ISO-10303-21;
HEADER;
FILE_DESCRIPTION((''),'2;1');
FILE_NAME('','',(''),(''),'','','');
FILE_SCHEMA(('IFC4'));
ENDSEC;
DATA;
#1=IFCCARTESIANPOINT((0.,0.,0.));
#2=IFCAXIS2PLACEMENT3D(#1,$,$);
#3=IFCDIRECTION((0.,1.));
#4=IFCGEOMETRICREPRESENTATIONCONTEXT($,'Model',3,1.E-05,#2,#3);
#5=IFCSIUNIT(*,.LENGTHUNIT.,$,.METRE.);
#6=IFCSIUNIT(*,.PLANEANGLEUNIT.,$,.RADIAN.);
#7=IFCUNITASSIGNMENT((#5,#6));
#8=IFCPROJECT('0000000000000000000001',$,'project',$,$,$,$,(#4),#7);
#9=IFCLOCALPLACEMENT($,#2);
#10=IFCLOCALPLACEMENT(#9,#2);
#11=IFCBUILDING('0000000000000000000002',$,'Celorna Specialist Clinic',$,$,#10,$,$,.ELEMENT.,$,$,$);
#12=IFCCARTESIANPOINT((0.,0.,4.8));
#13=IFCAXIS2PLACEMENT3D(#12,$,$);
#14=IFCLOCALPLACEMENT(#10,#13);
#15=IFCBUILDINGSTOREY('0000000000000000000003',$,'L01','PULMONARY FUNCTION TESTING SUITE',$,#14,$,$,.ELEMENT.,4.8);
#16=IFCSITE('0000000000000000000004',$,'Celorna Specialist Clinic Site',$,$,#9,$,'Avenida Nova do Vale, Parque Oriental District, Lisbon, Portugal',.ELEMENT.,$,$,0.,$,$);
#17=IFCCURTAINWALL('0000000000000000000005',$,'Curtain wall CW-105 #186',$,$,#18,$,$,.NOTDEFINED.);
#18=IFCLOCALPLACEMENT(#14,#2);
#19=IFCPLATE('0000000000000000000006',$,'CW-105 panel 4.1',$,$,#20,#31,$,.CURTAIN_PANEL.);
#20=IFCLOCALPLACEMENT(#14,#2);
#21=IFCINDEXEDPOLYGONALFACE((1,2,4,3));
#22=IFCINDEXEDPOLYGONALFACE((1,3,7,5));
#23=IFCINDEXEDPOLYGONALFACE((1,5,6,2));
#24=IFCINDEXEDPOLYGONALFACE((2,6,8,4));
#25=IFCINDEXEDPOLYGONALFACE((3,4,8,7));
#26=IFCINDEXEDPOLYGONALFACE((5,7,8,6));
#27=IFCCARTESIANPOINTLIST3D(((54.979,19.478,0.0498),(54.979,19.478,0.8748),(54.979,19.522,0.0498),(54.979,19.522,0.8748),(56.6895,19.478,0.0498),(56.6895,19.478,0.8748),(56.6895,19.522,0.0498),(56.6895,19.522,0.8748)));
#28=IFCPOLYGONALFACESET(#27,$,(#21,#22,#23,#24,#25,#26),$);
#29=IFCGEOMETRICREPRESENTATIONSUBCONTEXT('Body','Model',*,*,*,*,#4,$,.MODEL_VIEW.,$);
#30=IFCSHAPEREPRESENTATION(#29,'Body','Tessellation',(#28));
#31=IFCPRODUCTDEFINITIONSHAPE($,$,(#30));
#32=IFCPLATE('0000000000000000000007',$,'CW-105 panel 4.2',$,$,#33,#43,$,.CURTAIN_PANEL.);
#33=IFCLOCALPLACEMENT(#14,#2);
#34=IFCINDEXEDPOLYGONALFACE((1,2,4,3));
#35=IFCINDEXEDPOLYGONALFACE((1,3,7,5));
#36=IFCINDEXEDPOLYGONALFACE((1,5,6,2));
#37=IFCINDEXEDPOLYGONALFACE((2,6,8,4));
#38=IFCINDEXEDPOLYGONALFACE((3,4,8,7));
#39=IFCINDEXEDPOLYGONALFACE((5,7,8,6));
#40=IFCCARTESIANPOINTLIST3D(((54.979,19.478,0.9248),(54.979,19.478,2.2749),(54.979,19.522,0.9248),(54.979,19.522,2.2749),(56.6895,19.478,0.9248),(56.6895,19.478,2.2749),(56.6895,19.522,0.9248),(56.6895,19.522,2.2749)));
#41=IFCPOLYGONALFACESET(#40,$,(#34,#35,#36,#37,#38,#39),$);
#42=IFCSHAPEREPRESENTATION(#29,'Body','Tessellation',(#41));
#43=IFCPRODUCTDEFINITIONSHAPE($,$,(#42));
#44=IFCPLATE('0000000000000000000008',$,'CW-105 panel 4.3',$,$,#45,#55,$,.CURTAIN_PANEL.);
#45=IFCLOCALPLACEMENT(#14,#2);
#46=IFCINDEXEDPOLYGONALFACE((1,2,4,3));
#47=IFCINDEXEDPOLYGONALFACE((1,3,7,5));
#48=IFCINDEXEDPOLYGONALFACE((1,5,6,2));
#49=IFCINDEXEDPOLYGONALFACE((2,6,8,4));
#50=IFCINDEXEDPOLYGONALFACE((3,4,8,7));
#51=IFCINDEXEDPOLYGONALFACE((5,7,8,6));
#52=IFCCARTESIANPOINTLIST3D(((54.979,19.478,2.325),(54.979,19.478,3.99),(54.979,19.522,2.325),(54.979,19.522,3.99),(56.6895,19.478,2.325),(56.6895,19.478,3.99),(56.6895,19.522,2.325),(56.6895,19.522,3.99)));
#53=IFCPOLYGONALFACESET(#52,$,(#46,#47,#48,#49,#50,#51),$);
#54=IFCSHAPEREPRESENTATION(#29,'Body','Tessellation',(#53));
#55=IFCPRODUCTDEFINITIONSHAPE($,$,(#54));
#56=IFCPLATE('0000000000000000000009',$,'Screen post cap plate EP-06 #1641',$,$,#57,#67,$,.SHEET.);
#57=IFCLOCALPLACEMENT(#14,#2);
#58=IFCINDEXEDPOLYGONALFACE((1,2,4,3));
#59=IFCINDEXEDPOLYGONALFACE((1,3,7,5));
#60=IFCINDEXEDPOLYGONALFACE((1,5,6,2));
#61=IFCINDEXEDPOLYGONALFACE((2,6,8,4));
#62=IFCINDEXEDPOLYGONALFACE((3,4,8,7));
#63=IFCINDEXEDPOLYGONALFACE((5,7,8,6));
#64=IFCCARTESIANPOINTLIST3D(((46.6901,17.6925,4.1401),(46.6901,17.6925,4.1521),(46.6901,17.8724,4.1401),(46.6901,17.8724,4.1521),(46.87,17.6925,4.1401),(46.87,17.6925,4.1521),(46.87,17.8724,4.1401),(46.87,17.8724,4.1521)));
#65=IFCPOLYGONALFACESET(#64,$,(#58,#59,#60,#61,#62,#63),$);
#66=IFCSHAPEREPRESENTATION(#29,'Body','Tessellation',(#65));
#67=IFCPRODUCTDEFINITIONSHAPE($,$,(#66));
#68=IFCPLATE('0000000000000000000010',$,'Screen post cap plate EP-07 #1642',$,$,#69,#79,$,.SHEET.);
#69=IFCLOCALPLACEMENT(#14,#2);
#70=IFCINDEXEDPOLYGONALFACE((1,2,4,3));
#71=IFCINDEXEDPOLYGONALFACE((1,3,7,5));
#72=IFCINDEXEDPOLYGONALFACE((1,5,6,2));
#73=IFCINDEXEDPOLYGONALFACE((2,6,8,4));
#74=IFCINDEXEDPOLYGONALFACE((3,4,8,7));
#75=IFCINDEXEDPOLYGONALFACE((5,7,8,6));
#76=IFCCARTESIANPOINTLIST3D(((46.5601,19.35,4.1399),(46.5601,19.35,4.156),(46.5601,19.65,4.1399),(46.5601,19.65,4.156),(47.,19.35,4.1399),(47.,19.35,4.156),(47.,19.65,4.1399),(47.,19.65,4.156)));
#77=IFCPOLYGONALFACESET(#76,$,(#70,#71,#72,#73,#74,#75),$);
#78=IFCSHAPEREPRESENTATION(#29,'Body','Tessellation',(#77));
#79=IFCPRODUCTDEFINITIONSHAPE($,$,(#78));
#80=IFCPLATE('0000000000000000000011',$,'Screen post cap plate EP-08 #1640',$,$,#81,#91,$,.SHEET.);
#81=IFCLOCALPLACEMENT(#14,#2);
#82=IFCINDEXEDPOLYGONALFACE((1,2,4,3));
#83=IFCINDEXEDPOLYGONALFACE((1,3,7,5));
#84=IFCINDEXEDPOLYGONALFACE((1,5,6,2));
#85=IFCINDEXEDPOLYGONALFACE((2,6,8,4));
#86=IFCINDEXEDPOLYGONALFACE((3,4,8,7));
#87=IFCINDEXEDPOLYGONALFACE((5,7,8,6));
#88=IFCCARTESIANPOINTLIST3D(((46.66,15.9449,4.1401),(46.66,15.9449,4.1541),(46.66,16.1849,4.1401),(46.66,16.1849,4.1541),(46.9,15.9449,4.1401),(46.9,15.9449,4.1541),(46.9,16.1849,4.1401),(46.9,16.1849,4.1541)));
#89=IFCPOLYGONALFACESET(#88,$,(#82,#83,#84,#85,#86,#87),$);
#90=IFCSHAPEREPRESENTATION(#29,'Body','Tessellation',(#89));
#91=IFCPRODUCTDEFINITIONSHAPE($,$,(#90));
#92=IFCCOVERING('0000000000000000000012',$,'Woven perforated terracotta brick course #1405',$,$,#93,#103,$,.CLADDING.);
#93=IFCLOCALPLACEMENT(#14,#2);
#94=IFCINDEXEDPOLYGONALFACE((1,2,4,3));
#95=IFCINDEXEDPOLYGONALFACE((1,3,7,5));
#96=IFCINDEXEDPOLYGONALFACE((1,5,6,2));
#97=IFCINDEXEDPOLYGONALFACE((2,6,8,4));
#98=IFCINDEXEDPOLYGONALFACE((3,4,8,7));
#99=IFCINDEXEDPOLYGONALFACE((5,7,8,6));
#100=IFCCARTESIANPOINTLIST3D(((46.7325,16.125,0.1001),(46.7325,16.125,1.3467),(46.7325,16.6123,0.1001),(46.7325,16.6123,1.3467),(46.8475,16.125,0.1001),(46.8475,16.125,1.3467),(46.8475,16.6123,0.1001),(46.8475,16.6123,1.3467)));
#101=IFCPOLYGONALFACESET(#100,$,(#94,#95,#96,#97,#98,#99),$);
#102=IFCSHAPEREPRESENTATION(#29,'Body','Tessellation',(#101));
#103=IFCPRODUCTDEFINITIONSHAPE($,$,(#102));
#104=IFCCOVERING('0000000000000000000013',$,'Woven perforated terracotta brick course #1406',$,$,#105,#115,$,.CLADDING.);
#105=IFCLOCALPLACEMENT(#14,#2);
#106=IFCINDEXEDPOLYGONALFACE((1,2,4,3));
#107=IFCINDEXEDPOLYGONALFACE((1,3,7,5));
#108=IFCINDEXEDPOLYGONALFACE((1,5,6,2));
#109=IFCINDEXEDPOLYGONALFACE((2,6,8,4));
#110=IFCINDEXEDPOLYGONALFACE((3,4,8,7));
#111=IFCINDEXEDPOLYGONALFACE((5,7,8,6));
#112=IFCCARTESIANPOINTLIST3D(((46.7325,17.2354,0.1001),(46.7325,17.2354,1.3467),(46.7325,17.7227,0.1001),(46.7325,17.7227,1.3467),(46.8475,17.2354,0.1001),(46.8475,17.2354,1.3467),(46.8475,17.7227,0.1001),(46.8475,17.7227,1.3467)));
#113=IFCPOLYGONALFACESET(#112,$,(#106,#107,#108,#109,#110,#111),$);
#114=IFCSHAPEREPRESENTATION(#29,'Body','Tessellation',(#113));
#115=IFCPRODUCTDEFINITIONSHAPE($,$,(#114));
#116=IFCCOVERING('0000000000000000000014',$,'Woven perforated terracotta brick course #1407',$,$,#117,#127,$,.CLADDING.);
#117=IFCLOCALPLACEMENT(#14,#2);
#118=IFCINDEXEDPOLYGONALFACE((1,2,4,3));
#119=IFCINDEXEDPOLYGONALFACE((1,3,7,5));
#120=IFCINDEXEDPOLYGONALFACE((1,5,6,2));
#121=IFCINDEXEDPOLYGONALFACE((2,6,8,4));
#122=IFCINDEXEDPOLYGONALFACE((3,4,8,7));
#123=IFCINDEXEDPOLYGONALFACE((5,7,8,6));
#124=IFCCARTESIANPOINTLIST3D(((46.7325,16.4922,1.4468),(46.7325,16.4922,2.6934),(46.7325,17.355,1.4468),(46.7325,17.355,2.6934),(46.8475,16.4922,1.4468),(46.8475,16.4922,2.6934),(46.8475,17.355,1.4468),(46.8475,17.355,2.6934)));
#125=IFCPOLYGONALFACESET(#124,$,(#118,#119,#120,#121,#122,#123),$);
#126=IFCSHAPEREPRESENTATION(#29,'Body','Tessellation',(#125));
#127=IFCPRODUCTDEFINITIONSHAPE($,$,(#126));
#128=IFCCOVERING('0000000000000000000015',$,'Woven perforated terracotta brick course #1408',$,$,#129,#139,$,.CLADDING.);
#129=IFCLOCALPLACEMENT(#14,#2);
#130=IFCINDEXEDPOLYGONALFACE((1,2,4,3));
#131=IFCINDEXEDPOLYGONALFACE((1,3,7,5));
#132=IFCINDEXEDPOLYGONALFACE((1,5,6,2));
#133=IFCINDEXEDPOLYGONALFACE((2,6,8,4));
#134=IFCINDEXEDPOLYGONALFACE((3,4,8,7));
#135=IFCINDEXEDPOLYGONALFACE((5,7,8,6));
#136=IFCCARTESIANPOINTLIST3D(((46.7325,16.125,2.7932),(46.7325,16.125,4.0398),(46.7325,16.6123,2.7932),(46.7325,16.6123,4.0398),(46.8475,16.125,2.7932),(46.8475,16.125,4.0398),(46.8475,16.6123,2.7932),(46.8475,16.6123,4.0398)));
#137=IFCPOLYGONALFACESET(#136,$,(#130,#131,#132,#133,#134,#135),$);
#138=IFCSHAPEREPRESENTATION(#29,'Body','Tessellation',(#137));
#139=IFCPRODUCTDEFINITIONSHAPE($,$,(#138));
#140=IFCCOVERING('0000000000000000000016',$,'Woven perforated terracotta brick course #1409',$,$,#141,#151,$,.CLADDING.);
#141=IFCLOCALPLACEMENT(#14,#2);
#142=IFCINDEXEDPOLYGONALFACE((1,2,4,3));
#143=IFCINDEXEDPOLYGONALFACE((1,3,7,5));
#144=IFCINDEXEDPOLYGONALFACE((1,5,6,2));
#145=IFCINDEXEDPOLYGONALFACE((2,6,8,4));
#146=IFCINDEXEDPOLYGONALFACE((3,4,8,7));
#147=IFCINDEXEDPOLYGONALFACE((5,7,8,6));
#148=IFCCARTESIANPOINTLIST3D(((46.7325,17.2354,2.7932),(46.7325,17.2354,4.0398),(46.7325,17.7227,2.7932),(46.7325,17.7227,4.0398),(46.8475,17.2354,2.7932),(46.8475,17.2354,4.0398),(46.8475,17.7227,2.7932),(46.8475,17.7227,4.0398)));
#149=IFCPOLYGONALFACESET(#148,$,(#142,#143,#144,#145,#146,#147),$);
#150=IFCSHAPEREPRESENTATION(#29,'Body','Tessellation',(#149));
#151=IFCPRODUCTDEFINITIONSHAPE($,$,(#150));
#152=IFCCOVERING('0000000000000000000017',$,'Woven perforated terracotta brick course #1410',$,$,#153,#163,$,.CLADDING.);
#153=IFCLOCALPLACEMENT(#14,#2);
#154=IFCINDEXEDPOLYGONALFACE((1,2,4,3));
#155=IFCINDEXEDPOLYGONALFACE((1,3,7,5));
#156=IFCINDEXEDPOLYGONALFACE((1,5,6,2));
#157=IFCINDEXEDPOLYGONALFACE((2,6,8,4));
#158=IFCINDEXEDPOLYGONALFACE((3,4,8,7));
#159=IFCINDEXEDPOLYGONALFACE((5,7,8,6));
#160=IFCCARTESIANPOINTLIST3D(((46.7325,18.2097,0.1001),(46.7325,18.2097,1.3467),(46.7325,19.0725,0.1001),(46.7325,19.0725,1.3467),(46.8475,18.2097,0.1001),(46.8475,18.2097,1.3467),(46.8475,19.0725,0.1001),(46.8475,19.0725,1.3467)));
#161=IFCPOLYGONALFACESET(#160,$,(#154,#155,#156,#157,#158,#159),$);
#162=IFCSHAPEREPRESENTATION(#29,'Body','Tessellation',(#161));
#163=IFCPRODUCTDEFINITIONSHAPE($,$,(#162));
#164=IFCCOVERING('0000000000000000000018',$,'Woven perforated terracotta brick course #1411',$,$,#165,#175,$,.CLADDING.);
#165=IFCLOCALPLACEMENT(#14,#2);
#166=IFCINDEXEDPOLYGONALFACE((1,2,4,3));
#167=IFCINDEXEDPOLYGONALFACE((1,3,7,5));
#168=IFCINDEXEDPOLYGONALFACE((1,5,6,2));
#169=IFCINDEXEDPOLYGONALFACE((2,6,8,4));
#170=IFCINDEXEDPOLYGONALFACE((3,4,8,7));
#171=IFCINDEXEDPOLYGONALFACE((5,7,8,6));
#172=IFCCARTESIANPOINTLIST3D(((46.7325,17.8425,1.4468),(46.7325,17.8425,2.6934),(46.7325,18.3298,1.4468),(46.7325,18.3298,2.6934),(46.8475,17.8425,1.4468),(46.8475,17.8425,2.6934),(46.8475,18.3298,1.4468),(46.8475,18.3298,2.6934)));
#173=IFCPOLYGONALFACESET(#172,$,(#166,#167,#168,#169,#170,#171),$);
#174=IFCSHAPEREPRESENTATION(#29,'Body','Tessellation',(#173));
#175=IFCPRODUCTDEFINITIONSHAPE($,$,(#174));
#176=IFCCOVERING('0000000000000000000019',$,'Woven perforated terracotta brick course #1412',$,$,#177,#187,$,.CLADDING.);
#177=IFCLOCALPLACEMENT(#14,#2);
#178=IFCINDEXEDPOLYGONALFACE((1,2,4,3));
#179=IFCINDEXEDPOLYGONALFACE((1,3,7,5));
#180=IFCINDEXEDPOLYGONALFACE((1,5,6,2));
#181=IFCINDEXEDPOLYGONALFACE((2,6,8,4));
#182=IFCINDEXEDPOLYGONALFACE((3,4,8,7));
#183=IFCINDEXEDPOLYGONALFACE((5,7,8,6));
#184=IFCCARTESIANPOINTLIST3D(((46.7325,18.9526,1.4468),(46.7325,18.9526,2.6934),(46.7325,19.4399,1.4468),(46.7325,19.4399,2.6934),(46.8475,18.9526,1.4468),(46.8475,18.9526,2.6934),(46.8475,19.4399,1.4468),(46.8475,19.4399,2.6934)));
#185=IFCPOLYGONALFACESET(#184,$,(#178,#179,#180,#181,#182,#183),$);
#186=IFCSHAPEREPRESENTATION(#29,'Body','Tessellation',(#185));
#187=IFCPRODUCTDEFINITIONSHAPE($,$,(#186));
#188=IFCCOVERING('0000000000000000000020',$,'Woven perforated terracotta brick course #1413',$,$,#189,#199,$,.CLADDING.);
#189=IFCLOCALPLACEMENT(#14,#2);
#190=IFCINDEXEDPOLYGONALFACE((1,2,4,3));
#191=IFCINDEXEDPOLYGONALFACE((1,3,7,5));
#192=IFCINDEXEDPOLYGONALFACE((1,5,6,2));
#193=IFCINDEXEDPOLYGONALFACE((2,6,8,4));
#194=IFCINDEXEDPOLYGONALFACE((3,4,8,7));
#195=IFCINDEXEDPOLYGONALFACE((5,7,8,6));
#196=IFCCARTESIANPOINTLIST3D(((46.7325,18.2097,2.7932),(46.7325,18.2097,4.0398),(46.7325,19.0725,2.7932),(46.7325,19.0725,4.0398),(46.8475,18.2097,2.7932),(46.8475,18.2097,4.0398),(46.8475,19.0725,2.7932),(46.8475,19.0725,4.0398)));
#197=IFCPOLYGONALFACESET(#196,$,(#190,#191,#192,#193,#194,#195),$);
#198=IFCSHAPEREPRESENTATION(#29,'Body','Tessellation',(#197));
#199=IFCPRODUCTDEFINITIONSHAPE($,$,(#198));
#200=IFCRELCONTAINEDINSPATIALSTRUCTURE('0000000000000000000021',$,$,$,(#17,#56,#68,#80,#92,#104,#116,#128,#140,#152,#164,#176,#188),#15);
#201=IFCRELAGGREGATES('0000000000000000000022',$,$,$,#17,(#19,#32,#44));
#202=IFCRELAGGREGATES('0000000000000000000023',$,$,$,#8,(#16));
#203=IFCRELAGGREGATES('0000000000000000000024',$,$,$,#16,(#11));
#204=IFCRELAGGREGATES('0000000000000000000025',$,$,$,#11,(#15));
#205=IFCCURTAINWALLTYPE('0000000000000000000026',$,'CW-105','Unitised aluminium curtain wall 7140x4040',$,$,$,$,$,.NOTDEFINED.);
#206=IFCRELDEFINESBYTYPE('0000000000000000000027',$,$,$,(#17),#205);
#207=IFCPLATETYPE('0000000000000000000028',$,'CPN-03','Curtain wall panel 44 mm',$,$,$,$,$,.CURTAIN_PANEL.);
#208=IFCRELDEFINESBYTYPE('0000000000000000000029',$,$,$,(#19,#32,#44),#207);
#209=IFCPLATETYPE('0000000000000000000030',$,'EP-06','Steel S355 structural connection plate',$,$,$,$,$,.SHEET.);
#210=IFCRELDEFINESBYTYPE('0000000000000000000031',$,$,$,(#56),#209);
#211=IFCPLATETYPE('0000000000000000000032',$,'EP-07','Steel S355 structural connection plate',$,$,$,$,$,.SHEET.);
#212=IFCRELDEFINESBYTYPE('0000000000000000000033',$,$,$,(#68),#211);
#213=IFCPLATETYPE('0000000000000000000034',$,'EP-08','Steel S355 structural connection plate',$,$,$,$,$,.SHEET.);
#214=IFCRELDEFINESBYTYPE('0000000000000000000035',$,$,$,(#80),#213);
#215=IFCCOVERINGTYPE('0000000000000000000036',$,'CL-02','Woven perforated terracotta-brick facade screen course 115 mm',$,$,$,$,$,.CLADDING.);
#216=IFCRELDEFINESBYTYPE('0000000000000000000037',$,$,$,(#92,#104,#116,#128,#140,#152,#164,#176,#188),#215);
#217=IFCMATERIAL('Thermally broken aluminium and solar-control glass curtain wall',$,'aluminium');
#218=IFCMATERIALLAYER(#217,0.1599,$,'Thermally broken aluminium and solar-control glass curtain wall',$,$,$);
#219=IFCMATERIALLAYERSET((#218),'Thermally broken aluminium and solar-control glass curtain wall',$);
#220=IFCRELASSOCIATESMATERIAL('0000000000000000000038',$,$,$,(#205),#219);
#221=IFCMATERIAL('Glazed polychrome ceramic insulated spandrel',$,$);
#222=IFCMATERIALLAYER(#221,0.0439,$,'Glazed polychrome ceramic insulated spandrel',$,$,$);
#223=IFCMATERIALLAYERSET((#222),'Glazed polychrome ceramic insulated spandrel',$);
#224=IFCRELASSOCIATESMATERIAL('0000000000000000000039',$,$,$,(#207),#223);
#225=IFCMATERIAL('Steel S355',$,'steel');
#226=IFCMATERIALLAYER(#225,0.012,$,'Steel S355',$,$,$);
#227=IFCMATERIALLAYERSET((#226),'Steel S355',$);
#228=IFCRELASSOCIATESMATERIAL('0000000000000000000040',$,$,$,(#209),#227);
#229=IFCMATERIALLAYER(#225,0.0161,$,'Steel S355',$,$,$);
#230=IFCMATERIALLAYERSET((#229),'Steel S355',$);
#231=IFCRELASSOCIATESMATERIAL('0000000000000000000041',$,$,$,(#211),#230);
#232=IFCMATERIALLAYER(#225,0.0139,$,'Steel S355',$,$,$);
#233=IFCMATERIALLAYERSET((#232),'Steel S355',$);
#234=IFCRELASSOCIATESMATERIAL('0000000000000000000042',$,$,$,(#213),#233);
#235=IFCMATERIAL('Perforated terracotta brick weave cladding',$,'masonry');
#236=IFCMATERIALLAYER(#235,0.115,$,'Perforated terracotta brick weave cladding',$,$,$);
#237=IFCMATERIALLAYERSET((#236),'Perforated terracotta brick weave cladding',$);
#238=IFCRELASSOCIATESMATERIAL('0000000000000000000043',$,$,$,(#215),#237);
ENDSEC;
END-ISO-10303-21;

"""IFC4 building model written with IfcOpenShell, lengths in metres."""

from ifc_helpers import new_model, si_unit, direction, frame, origin, origin_2d, place, context, subcontext, project, spatial, rectangle, extrude, material, layer, layer_set, type_object, element, aggregate, save


model = new_model("IFC4")

# Units and contexts
model_context = context("Model", 3, precision=1e-05, world=origin(), true_north=direction((0.0, 1.0)))
body_context = subcontext(model_context, "Body", "Model", "MODEL_VIEW")
ifc_project = project(units=[si_unit("LENGTHUNIT", "METRE"), si_unit("PLANEANGLEUNIT", "RADIAN")], contexts=[model_context])

# Site, building, storey
site_placement = place(None, origin())
site = spatial("IfcSite", under=ifc_project, at=site_placement, Name="Celorna Specialist Clinic Site", LongName="Avenida Nova do Vale, Parque Oriental District, Lisbon, Portugal", CompositionType="ELEMENT", RefElevation=0.0)
building_placement = place(site_placement, origin())
building = spatial("IfcBuilding", under=site, at=building_placement, Name="Celorna Specialist Clinic", CompositionType="ELEMENT")
storey_placement = place(building_placement, frame((0.0, 0.0, 4.8)))
storey = spatial("IfcBuildingStorey", under=building, at=storey_placement, Name="L01", Description="PULMONARY FUNCTION TESTING SUITE", CompositionType="ELEMENT", Elevation=4.8)

# Shared definitions
ifc_material_1 = material(Name="Steel S355", Category="steel")

# Curtain wall, plates
ifc_material_2 = material(Name="Thermally broken aluminium and solar-control glass curtain wall", Category="aluminium")
ifc_layer_1 = layer(ifc_material_2, 0.1599, Name="Thermally broken aluminium and solar-control glass curtain wall")
ifc_layer_set_1 = layer_set([ifc_layer_1], Name="Thermally broken aluminium and solar-control glass curtain wall")
curtain_wall_type = type_object("IfcCurtainWallType", Name="CW-105", Description="Unitised aluminium curtain wall 7140x4040", PredefinedType="NOTDEFINED", material=ifc_layer_set_1)
curtain_wall_placement = place(storey_placement, origin())
curtain_wall = element("IfcCurtainWall", 1, at=curtain_wall_placement, inside=storey, type_object=curtain_wall_type, Name="Curtain wall CW-105 #186", PredefinedType="NOTDEFINED")
ifc_material_3 = material(Name="Glazed polychrome ceramic insulated spandrel")
ifc_layer_2 = layer(ifc_material_3, 0.0439, Name="Glazed polychrome ceramic insulated spandrel")
ifc_layer_set_2 = layer_set([ifc_layer_2], Name="Glazed polychrome ceramic insulated spandrel")
plate_type_1 = type_object("IfcPlateType", Name="CPN-03", Description="Curtain wall panel 44 mm", PredefinedType="CURTAIN_PANEL", material=ifc_layer_set_2)
plate_1_placement = place(storey_placement, frame((55.8342, 19.5, 0.0498), z_axis=(0.0, 0.0, 1.0), x_axis=(-1.0, 0.0, 0.0)))
plate_1 = element("IfcPlate", 2, at=plate_1_placement, type_object=plate_type_1, Name="CW-105 panel 4.1", PredefinedType="CURTAIN_PANEL", context=body_context, shape_type="SweptSolid", body=[
    extrude(rectangle(XDim=1.7104, YDim=0.0439, at=origin_2d()), origin(), (0.0, 0.0, 1.0), 0.825),
])
plate_2_placement = place(storey_placement, frame((55.8342, 19.5, 0.9248), z_axis=(0.0, 0.0, 1.0), x_axis=(-1.0, 0.0, 0.0)))
plate_2 = element("IfcPlate", 3, at=plate_2_placement, type_object=plate_type_1, Name="CW-105 panel 4.2", PredefinedType="CURTAIN_PANEL", context=body_context, shape_type="SweptSolid", body=[
    extrude(rectangle(XDim=1.7104, YDim=0.0439, at=origin_2d()), origin(), (0.0, 0.0, 1.0), 1.3501),
])
plate_3_placement = place(storey_placement, frame((55.8342, 19.5, 2.325), z_axis=(0.0, 0.0, 1.0), x_axis=(-1.0, 0.0, 0.0)))
plate_3 = element("IfcPlate", 4, at=plate_3_placement, type_object=plate_type_1, Name="CW-105 panel 4.3", PredefinedType="CURTAIN_PANEL", context=body_context, shape_type="SweptSolid", body=[
    extrude(rectangle(XDim=1.7104, YDim=0.0439, at=origin_2d()), origin(), (0.0, 0.0, 1.0), 1.665),
])
aggregate(curtain_wall, [plate_1, plate_2, plate_3])

# Plates
ifc_layer_3 = layer(ifc_material_1, 0.012, Name="Steel S355")
ifc_layer_set_3 = layer_set([ifc_layer_3], Name="Steel S355")
plate_type_2 = type_object("IfcPlateType", Name="EP-06", Description="Steel S355 structural connection plate", PredefinedType="SHEET", material=ifc_layer_set_3)
plate_4_placement = place(storey_placement, frame((46.78, 17.7825, 4.1401), z_axis=(0.0, 0.0, 1.0), x_axis=(0.0, 1.0, 0.0)))
element("IfcPlate", 5, at=plate_4_placement, inside=storey, type_object=plate_type_2, Name="Screen post cap plate EP-06 #1641", PredefinedType="SHEET", context=body_context, shape_type="SweptSolid", body=[
    extrude(rectangle(XDim=0.1799, YDim=0.1799, at=origin_2d()), origin(), (0.0, 0.0, 1.0), 0.012),
])
ifc_layer_4 = layer(ifc_material_1, 0.0161, Name="Steel S355")
ifc_layer_set_4 = layer_set([ifc_layer_4], Name="Steel S355")
plate_type_3 = type_object("IfcPlateType", Name="EP-07", Description="Steel S355 structural connection plate", PredefinedType="SHEET", material=ifc_layer_set_4)
plate_5_placement = place(storey_placement, frame((46.78, 19.5, 4.1399), z_axis=(0.0, 0.0, 1.0), x_axis=(0.0, 1.0, 0.0)))
element("IfcPlate", 6, at=plate_5_placement, inside=storey, type_object=plate_type_3, Name="Screen post cap plate EP-07 #1642", PredefinedType="SHEET", context=body_context, shape_type="SweptSolid", body=[
    extrude(rectangle(XDim=0.3, YDim=0.4399, at=origin_2d()), origin(), (0.0, 0.0, 1.0), 0.0161),
])
ifc_layer_5 = layer(ifc_material_1, 0.0139, Name="Steel S355")
ifc_layer_set_5 = layer_set([ifc_layer_5], Name="Steel S355")
plate_type_4 = type_object("IfcPlateType", Name="EP-08", Description="Steel S355 structural connection plate", PredefinedType="SHEET", material=ifc_layer_set_5)
plate_6_placement = place(storey_placement, frame((46.78, 16.0649, 4.1401), z_axis=(0.0, 0.0, 1.0), x_axis=(0.0, 1.0, 0.0)))
element("IfcPlate", 7, at=plate_6_placement, inside=storey, type_object=plate_type_4, Name="Screen post cap plate EP-08 #1640", PredefinedType="SHEET", context=body_context, shape_type="SweptSolid", body=[
    extrude(rectangle(XDim=0.24, YDim=0.24, at=origin_2d()), origin(), (0.0, 0.0, 1.0), 0.0139),
])

# Coverings
ifc_material_4 = material(Name="Perforated terracotta brick weave cladding", Category="masonry")
ifc_layer_6 = layer(ifc_material_4, 0.115, Name="Perforated terracotta brick weave cladding")
ifc_layer_set_6 = layer_set([ifc_layer_6], Name="Perforated terracotta brick weave cladding")
covering_type = type_object("IfcCoveringType", Name="CL-02", Description="Woven perforated terracotta-brick facade screen course 115 mm", PredefinedType="CLADDING", material=ifc_layer_set_6)
for number, where, z_axis, x_axis, name in (
    (8, (46.79, 16.3687, 0.1001), (0.0, 0.0, 1.0), (0.0, 1.0, 0.0), "Woven perforated terracotta brick course #1405"),
    (9, (46.79, 17.479, 0.1001), (0.0, 0.0, 1.0), (0.0, 1.0, 0.0), "Woven perforated terracotta brick course #1406"),
):
    element("IfcCovering", number, at=place(storey_placement, frame(where, z_axis=z_axis, x_axis=x_axis)), inside=storey, type_object=covering_type, Name=name, PredefinedType="CLADDING", context=body_context, shape_type="SweptSolid", body=[
        extrude(rectangle(XDim=0.4873, YDim=0.115, at=origin_2d()), origin(), (0.0, 0.0, 1.0), 1.2466),
    ])
covering_1_placement = place(storey_placement, frame((46.79, 16.9236, 1.4468), z_axis=(0.0, 0.0, 1.0), x_axis=(0.0, 1.0, 0.0)))
element("IfcCovering", 10, at=covering_1_placement, inside=storey, type_object=covering_type, Name="Woven perforated terracotta brick course #1407", PredefinedType="CLADDING", context=body_context, shape_type="SweptSolid", body=[
    extrude(rectangle(XDim=0.8628, YDim=0.115, at=origin_2d()), origin(), (0.0, 0.0, 1.0), 1.2466),
])
for number, where, z_axis, x_axis, name in (
    (11, (46.79, 16.3687, 2.7932), (0.0, 0.0, 1.0), (0.0, 1.0, 0.0), "Woven perforated terracotta brick course #1408"),
    (12, (46.79, 17.479, 2.7932), (0.0, 0.0, 1.0), (0.0, 1.0, 0.0), "Woven perforated terracotta brick course #1409"),
):
    element("IfcCovering", number, at=place(storey_placement, frame(where, z_axis=z_axis, x_axis=x_axis)), inside=storey, type_object=covering_type, Name=name, PredefinedType="CLADDING", context=body_context, shape_type="SweptSolid", body=[
        extrude(rectangle(XDim=0.4873, YDim=0.115, at=origin_2d()), origin(), (0.0, 0.0, 1.0), 1.2466),
    ])
covering_2_placement = place(storey_placement, frame((46.79, 18.6411, 0.1001), z_axis=(0.0, 0.0, 1.0), x_axis=(0.0, 1.0, 0.0)))
element("IfcCovering", 13, at=covering_2_placement, inside=storey, type_object=covering_type, Name="Woven perforated terracotta brick course #1410", PredefinedType="CLADDING", context=body_context, shape_type="SweptSolid", body=[
    extrude(rectangle(XDim=0.8628, YDim=0.115, at=origin_2d()), origin(), (0.0, 0.0, 1.0), 1.2466),
])
for number, where, z_axis, x_axis, name in (
    (14, (46.79, 18.0862, 1.4468), (0.0, 0.0, 1.0), (0.0, 1.0, 0.0), "Woven perforated terracotta brick course #1411"),
    (15, (46.79, 19.1963, 1.4468), (0.0, 0.0, 1.0), (0.0, 1.0, 0.0), "Woven perforated terracotta brick course #1412"),
):
    element("IfcCovering", number, at=place(storey_placement, frame(where, z_axis=z_axis, x_axis=x_axis)), inside=storey, type_object=covering_type, Name=name, PredefinedType="CLADDING", context=body_context, shape_type="SweptSolid", body=[
        extrude(rectangle(XDim=0.4873, YDim=0.115, at=origin_2d()), origin(), (0.0, 0.0, 1.0), 1.2466),
    ])
covering_3_placement = place(storey_placement, frame((46.79, 18.6411, 2.7932), z_axis=(0.0, 0.0, 1.0), x_axis=(0.0, 1.0, 0.0)))
element("IfcCovering", 16, at=covering_3_placement, inside=storey, type_object=covering_type, Name="Woven perforated terracotta brick course #1413", PredefinedType="CLADDING", context=body_context, shape_type="SweptSolid", body=[
    extrude(rectangle(XDim=0.8628, YDim=0.115, at=origin_2d()), origin(), (0.0, 0.0, 1.0), 1.2466),
])

save(model, "model.ifc")
